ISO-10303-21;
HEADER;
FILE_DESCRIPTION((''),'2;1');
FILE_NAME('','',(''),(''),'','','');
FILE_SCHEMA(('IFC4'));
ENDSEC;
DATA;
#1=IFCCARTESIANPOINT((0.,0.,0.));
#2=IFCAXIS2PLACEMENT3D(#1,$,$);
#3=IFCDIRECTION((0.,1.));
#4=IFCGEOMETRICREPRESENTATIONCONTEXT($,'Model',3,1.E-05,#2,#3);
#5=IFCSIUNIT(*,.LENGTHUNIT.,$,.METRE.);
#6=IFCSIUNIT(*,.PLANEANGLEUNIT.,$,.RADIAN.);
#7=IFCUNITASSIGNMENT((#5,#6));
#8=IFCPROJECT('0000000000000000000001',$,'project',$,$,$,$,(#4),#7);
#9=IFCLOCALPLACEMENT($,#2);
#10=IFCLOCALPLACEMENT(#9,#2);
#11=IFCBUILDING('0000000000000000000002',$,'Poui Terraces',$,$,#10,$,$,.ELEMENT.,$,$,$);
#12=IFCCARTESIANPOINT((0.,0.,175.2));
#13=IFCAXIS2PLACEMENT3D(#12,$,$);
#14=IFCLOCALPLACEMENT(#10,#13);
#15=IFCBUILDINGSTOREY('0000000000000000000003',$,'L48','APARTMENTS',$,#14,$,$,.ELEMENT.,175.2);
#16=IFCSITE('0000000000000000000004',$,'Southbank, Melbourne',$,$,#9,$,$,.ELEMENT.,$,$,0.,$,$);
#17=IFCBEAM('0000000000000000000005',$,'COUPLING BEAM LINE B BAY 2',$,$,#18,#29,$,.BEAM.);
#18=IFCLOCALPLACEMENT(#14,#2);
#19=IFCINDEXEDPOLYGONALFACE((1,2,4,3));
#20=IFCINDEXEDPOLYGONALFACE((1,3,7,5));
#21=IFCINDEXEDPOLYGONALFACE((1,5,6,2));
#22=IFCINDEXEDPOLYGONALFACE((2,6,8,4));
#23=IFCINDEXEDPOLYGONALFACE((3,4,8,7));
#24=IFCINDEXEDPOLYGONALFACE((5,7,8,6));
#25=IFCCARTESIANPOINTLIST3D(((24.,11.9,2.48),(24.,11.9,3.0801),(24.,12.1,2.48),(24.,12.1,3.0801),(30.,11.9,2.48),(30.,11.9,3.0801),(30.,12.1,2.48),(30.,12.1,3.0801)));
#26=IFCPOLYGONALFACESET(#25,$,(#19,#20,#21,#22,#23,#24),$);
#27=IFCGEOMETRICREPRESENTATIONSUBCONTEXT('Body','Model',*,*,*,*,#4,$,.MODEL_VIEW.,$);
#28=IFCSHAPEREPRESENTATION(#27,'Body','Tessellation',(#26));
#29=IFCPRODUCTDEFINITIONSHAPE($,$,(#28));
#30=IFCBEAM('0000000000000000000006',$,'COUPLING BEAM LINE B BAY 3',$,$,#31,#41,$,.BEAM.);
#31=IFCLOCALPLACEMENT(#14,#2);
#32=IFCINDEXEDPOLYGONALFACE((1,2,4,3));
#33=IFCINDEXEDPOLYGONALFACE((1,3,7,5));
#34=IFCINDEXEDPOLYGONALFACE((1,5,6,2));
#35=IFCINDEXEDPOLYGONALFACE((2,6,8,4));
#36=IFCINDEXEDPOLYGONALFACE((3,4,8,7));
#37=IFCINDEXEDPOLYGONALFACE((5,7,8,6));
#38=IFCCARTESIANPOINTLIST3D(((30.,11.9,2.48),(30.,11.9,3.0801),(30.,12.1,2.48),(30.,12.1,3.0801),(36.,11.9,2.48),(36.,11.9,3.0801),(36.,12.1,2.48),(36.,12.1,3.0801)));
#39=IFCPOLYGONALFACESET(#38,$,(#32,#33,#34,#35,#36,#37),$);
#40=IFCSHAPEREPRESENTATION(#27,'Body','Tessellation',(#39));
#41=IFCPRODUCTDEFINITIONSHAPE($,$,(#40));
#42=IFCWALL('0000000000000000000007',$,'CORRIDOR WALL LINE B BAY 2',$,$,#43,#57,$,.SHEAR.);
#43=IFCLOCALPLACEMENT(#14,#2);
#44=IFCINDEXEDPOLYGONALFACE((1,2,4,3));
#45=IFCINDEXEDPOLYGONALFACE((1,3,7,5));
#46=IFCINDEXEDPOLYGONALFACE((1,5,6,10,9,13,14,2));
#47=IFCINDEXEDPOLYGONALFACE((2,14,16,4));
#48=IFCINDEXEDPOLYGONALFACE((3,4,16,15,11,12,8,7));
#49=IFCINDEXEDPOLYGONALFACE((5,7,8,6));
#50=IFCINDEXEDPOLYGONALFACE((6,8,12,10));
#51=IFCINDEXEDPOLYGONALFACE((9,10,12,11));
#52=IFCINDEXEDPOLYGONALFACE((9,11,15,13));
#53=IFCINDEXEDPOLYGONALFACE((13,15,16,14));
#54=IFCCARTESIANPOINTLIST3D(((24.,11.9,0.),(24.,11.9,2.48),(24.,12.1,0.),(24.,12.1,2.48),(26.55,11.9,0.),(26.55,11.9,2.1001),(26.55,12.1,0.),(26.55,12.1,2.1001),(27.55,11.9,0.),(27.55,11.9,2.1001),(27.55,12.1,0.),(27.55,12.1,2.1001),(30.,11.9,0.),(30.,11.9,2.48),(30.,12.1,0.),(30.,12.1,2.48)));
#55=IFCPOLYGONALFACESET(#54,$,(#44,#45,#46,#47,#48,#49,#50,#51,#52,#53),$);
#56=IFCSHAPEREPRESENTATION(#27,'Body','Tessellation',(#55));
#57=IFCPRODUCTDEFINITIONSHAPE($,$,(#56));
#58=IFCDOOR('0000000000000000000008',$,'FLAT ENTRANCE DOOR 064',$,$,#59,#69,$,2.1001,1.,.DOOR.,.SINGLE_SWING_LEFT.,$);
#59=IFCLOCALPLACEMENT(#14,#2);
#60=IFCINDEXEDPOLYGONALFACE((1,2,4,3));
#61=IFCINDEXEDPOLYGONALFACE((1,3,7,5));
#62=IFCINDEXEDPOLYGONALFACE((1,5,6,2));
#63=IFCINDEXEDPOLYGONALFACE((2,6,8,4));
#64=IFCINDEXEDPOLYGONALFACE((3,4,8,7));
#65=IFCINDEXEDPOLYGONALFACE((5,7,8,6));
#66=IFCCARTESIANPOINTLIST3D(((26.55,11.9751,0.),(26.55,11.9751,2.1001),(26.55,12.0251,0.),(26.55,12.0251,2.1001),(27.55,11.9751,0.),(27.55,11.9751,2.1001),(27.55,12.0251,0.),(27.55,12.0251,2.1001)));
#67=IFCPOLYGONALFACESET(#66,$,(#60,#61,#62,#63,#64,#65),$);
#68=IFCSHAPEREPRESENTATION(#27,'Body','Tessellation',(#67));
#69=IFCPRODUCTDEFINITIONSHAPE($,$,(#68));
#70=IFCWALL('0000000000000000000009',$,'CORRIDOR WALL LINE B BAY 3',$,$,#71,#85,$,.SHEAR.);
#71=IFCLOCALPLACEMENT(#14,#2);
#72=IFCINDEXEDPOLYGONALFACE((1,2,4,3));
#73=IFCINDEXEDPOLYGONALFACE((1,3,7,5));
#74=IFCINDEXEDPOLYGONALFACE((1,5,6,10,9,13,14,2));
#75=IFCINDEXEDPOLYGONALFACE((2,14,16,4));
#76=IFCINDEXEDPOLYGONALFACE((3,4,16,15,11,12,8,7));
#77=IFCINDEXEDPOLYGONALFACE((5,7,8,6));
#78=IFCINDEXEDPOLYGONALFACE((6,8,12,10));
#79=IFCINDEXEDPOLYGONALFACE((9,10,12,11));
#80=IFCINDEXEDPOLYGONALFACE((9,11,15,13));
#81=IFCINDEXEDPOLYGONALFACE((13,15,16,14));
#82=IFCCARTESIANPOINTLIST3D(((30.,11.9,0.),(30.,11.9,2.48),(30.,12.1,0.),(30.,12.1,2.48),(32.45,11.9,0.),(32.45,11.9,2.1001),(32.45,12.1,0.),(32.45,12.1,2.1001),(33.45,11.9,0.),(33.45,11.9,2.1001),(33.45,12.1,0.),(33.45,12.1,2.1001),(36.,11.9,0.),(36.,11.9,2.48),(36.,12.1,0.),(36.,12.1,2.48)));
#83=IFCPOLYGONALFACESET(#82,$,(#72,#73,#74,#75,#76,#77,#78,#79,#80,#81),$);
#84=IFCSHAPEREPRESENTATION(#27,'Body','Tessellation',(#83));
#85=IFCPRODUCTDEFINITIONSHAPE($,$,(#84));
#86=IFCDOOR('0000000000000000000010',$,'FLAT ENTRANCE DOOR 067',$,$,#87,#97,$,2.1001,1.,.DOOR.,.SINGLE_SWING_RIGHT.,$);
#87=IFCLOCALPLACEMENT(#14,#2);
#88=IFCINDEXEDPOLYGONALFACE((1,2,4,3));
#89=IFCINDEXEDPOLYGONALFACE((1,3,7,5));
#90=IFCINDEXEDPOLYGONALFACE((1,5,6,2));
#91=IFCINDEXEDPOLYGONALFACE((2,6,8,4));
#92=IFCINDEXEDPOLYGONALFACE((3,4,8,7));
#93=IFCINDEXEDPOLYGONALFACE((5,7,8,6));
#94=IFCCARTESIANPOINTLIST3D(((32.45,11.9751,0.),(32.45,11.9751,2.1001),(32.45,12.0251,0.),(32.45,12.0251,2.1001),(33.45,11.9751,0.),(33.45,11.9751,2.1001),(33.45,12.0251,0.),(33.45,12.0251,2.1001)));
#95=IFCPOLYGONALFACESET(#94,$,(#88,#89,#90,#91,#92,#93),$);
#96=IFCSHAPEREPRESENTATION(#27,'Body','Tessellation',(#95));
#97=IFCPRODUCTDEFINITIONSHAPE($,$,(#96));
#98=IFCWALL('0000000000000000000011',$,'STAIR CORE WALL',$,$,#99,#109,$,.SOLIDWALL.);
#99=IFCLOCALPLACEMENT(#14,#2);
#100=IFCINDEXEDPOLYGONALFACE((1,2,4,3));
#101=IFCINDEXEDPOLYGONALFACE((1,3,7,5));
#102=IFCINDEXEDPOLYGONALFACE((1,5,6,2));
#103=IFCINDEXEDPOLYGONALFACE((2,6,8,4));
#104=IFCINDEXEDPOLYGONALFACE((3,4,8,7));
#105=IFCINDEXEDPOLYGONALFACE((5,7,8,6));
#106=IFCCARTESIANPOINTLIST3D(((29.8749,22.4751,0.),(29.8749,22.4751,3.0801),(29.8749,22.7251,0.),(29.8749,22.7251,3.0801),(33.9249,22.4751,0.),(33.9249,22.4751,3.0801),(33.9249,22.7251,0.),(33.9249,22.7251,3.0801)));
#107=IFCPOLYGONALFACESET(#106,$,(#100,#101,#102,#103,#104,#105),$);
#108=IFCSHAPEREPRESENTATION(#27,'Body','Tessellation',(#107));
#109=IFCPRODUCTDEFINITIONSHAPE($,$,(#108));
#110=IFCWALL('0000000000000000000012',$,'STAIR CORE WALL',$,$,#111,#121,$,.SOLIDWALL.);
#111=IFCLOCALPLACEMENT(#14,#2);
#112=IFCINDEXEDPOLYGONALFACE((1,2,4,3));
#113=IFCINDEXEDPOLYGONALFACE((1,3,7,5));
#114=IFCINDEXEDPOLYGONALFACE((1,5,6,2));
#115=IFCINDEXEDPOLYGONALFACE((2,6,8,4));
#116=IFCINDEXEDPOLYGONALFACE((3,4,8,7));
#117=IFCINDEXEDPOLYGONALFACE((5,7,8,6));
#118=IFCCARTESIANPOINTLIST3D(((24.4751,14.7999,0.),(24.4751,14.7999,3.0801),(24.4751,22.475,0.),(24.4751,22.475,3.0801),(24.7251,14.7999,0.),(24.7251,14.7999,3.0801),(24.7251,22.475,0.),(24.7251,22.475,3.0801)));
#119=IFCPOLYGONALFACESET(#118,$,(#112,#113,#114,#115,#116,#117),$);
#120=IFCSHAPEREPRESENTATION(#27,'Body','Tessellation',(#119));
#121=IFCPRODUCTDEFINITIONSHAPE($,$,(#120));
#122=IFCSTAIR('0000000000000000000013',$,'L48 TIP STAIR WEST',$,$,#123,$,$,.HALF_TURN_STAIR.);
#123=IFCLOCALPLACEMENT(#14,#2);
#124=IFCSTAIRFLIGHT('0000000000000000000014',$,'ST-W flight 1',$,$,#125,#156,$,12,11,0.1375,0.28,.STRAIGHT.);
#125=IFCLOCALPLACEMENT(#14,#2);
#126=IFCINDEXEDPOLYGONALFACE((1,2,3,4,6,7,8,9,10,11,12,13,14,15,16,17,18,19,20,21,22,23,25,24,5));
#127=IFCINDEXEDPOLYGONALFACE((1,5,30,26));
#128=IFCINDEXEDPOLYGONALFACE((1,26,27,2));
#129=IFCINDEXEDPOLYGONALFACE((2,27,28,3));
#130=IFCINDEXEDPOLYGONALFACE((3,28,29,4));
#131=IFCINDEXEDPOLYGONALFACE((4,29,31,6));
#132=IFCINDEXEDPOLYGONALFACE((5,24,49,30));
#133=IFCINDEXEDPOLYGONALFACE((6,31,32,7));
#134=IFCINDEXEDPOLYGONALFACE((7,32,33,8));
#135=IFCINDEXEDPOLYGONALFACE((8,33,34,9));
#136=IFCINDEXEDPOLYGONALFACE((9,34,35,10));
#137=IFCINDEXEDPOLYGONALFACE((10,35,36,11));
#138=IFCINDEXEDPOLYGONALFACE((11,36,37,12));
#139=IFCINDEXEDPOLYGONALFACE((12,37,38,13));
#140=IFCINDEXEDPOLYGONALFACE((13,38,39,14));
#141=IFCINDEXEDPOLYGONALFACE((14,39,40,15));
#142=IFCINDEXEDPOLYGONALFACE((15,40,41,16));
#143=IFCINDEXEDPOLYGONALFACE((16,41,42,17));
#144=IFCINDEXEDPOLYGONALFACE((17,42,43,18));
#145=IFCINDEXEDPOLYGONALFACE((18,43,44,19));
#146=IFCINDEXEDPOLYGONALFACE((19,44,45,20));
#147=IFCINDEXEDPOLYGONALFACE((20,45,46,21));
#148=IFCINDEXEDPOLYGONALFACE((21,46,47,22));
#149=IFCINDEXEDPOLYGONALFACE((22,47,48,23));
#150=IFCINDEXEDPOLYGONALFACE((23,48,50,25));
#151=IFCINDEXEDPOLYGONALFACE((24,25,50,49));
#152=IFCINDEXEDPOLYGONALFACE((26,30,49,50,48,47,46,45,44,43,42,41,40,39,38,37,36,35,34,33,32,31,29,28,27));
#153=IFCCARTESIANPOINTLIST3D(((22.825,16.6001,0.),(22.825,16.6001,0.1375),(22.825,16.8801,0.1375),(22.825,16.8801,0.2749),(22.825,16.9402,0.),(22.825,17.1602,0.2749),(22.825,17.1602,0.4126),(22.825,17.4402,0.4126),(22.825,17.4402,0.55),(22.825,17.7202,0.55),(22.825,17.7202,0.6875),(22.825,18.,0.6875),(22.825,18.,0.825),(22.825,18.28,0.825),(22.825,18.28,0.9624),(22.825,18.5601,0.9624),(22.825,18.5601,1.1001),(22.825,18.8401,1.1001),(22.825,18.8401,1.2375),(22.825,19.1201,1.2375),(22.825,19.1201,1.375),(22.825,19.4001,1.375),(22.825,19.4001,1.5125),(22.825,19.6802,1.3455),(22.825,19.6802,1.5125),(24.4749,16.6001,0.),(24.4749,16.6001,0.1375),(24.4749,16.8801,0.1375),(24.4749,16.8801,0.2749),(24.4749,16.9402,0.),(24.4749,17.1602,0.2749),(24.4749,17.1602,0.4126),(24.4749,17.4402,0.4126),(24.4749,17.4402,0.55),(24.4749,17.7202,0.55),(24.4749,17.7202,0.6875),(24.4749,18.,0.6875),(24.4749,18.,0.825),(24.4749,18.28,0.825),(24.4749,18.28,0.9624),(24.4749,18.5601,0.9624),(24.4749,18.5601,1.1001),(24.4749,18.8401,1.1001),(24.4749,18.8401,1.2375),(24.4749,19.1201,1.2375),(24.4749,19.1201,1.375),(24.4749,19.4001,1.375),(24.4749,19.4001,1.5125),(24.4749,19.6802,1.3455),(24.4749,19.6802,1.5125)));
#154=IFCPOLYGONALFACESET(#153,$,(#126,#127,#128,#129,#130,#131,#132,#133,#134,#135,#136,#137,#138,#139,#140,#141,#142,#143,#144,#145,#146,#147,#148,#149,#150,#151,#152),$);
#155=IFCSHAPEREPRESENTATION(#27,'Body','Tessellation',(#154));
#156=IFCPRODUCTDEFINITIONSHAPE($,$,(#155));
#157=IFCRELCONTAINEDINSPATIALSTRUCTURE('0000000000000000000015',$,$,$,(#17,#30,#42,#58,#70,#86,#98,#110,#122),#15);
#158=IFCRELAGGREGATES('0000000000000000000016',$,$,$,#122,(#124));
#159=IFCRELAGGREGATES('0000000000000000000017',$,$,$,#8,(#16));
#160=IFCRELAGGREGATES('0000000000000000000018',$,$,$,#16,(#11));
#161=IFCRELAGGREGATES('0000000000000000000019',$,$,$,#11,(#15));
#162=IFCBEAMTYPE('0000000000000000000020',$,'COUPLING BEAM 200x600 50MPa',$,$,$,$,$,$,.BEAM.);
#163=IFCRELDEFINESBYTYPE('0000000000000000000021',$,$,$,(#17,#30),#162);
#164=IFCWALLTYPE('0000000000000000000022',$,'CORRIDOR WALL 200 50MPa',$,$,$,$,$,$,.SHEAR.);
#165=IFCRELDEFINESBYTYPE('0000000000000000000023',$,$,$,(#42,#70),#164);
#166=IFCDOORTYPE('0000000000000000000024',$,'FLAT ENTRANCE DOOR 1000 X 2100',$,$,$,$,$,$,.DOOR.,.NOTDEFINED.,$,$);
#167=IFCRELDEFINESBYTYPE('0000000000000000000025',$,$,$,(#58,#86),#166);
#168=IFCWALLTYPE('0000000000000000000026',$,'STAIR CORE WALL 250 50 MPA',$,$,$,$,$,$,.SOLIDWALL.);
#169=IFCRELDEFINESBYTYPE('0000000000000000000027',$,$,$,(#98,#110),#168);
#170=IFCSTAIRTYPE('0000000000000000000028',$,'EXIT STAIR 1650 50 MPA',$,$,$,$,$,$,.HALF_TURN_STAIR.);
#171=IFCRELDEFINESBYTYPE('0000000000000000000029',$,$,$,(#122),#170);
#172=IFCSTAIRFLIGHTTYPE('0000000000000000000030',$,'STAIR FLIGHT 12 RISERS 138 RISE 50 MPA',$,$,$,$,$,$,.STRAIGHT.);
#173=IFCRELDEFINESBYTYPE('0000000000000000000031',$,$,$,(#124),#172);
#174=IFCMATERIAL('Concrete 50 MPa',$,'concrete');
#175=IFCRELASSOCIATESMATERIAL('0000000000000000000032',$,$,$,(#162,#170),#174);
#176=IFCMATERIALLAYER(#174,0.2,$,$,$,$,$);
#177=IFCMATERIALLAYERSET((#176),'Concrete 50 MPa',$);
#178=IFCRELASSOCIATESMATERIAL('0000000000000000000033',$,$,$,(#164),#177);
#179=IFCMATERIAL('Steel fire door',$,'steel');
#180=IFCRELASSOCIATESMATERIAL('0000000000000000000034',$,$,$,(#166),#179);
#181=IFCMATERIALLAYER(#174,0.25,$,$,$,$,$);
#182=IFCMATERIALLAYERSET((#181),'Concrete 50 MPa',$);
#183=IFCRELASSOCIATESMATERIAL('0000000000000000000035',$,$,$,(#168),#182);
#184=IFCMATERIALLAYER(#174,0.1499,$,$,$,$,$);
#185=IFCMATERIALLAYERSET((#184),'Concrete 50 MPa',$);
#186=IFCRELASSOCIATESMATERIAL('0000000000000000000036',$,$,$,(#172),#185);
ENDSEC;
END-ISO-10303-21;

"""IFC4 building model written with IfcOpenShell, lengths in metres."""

from ifc_helpers import new_model, si_unit, direction, frame, frame_2d, origin, origin_2d, place, context, subcontext, project, spatial, polyline, rectangle, outline, extrude, source, transform, mapped, material, layer, layer_set, material_profile, profile_set, type_object, element, fill, aggregate, save


model = new_model("IFC4")

# Units and contexts
model_context = context("Model", 3, precision=1e-05, world=origin(), true_north=direction((0.0, 1.0)))
body_context = subcontext(model_context, "Body", "Model", "MODEL_VIEW")
ifc_project = project(units=[si_unit("LENGTHUNIT", "METRE"), si_unit("PLANEANGLEUNIT", "RADIAN")], contexts=[model_context])

# Site, building, storey
site_placement = place(None, origin())
site = spatial("IfcSite", under=ifc_project, at=site_placement, Name="Southbank, Melbourne", CompositionType="ELEMENT", RefElevation=0.0)
building_placement = place(site_placement, origin())
building = spatial("IfcBuilding", under=site, at=building_placement, Name="Poui Terraces", CompositionType="ELEMENT")
storey_placement = place(building_placement, frame((0.0, 0.0, 175.2)))
storey = spatial("IfcBuildingStorey", under=building, at=storey_placement, Name="L48", Description="APARTMENTS", CompositionType="ELEMENT", Elevation=175.2)

# Beams
ifc_material_1 = material(Name="Concrete 50 MPa", Category="concrete")
ifc_material_profile = material_profile(ifc_material_1, rectangle(XDim=0.2, YDim=0.6001, at=origin_2d()), Name="RC 200x600")
ifc_profile_set = profile_set([ifc_material_profile], Name="Concrete 50 MPa")
beam_type = type_object("IfcBeamType", Name="COUPLING BEAM 200x600 50MPa", PredefinedType="BEAM", material=ifc_profile_set)
shared_shape = source(origin(), body_context, "Body", "SweptSolid", [
    extrude(rectangle(XDim=0.2, YDim=0.6001, at=origin_2d()), origin(), (0.0, 0.0, 1.0), 6.0),
])
for number, where, z_axis, x_axis, name in (
    (1, (24.0, 12.0, 2.78), (1.0, 0.0, 0.0), (0.0, 1.0, 0.0), "COUPLING BEAM LINE B BAY 2"),
    (2, (30.0, 12.0, 2.78), (1.0, 0.0, 0.0), (0.0, 1.0, 0.0), "COUPLING BEAM LINE B BAY 3"),
):
    element("IfcBeam", number, at=place(storey_placement, frame(where, z_axis=z_axis, x_axis=x_axis)), inside=storey, type_object=beam_type, Name=name, PredefinedType="BEAM", context=body_context, shape_type="MappedRepresentation", body=[
        mapped(shared_shape, transform((0.0, 0.0, 0.0))),
    ])

# Walls, openings, doors
ifc_layer_1 = layer(ifc_material_1, 0.2)
ifc_layer_set_1 = layer_set([ifc_layer_1], Name="Concrete 50 MPa")
wall_type_1 = type_object("IfcWallType", Name="CORRIDOR WALL 200 50MPa", PredefinedType="SHEAR", material=ifc_layer_set_1)
wall_1_placement = place(storey_placement, frame((24.0, 12.0, 0.0), z_axis=(0.0, 0.0, 1.0), x_axis=(1.0, 0.0, 0.0)))
wall_1 = element("IfcWall", 3, at=wall_1_placement, inside=storey, type_object=wall_type_1, Name="CORRIDOR WALL LINE B BAY 2", PredefinedType="SHEAR", context=body_context, shape_type="SweptSolid", body=[
    extrude(rectangle(XDim=6.0, YDim=0.2, at=frame_2d((3.0, 0.0))), origin(), (0.0, 0.0, 1.0), 2.48),
])
opening_1_placement = place(wall_1_placement, frame((2.55, 0.0, 0.0)))
opening_1 = element("IfcOpeningElement", 4, at=opening_1_placement, cuts=wall_1, PredefinedType="OPENING", context=body_context, shape_type="SweptSolid", body=[
    extrude(rectangle(XDim=1.0, YDim=2.1001, at=frame_2d((0.5, 1.05))), frame((0.0, 0.1099, 0.0), z_axis=(0.0, -1.0, 0.0), x_axis=(1.0, 0.0, 0.0)), (0.0, 0.0, 1.0), 0.22),
])
ifc_material_2 = material(Name="Steel fire door", Category="steel")
door_type = type_object("IfcDoorType", Name="FLAT ENTRANCE DOOR 1000 X 2100", OperationType="NOTDEFINED", PredefinedType="DOOR", material=ifc_material_2)
door_1_placement = place(opening_1_placement, frame((1.0, 0.0, 0.0), z_axis=(0.0, 0.0, 1.0), x_axis=(-1.0, 0.0, 0.0)))
door_1 = element("IfcDoor", 5, at=door_1_placement, inside=storey, type_object=door_type, Name="FLAT ENTRANCE DOOR 064", OperationType="SINGLE_SWING_LEFT", OverallHeight=2.1001, OverallWidth=1.0, PredefinedType="DOOR", context=body_context, shape_type="SweptSolid", body=[
    extrude(rectangle(XDim=1.0, YDim=2.1001, at=frame_2d((0.5, 1.05))), frame((0.0, 0.0249, 0.0), z_axis=(0.0, -1.0, 0.0), x_axis=(1.0, 0.0, 0.0)), (0.0, 0.0, 1.0), 0.05),
])
fill(opening_1, door_1)
wall_2_placement = place(storey_placement, frame((30.0, 12.0, 0.0), z_axis=(0.0, 0.0, 1.0), x_axis=(1.0, 0.0, 0.0)))
wall_2 = element("IfcWall", 6, at=wall_2_placement, inside=storey, type_object=wall_type_1, Name="CORRIDOR WALL LINE B BAY 3", PredefinedType="SHEAR", context=body_context, shape_type="SweptSolid", body=[
    extrude(rectangle(XDim=6.0, YDim=0.2, at=frame_2d((3.0, 0.0))), origin(), (0.0, 0.0, 1.0), 2.48),
])
opening_2_placement = place(wall_2_placement, frame((2.45, 0.0, 0.0)))
opening_2 = element("IfcOpeningElement", 7, at=opening_2_placement, cuts=wall_2, PredefinedType="OPENING", context=body_context, shape_type="SweptSolid", body=[
    extrude(rectangle(XDim=1.0, YDim=2.1001, at=frame_2d((0.5, 1.05))), frame((0.0, 0.1099, 0.0), z_axis=(0.0, -1.0, 0.0), x_axis=(1.0, 0.0, 0.0)), (0.0, 0.0, 1.0), 0.22),
])
door_2_placement = place(opening_2_placement, frame((1.0, 0.0, 0.0), z_axis=(0.0, 0.0, 1.0), x_axis=(-1.0, 0.0, 0.0)))
door_2 = element("IfcDoor", 8, at=door_2_placement, inside=storey, type_object=door_type, Name="FLAT ENTRANCE DOOR 067", OperationType="SINGLE_SWING_RIGHT", OverallHeight=2.1001, OverallWidth=1.0, PredefinedType="DOOR", context=body_context, shape_type="SweptSolid", body=[
    extrude(rectangle(XDim=1.0, YDim=2.1001, at=frame_2d((0.5, 1.05))), frame((0.0, 0.0249, 0.0), z_axis=(0.0, -1.0, 0.0), x_axis=(1.0, 0.0, 0.0)), (0.0, 0.0, 1.0), 0.05),
])
fill(opening_2, door_2)

# Walls
ifc_layer_2 = layer(ifc_material_1, 0.25)
ifc_layer_set_2 = layer_set([ifc_layer_2], Name="Concrete 50 MPa")
wall_type_2 = type_object("IfcWallType", Name="STAIR CORE WALL 250 50 MPA", PredefinedType="SOLIDWALL", material=ifc_layer_set_2)
wall_3_placement = place(storey_placement, frame((29.875, 22.6001, 0.0), z_axis=(0.0, 0.0, 1.0), x_axis=(1.0, 0.0, 0.0)))
element("IfcWall", 9, at=wall_3_placement, inside=storey, type_object=wall_type_2, Name="STAIR CORE WALL", PredefinedType="SOLIDWALL", context=body_context, shape_type="SweptSolid", body=[
    extrude(rectangle(XDim=4.05, YDim=0.25, at=frame_2d((2.0249, 0.0))), origin(), (0.0, 0.0, 1.0), 3.0801),
])
wall_4_placement = place(storey_placement, frame((24.6001, 14.8, 0.0), z_axis=(0.0, 0.0, 1.0), x_axis=(0.0, 1.0, 0.0)))
element("IfcWall", 10, at=wall_4_placement, inside=storey, type_object=wall_type_2, Name="STAIR CORE WALL", PredefinedType="SOLIDWALL", context=body_context, shape_type="SweptSolid", body=[
    extrude(rectangle(XDim=7.675, YDim=0.25, at=frame_2d((3.8374, 0.0))), origin(), (0.0, 0.0, 1.0), 3.0801),
])

# Stair, stair flight
stair_type = type_object("IfcStairType", Name="EXIT STAIR 1650 50 MPA", PredefinedType="HALF_TURN_STAIR", material=ifc_material_1)
stair_placement = place(storey_placement, origin())
stair = element("IfcStair", 11, at=stair_placement, inside=storey, type_object=stair_type, Name="L48 TIP STAIR WEST", PredefinedType="HALF_TURN_STAIR")
ifc_layer_3 = layer(ifc_material_1, 0.1499)
ifc_layer_set_3 = layer_set([ifc_layer_3], Name="Concrete 50 MPa")
stair_flight_type = type_object("IfcStairFlightType", Name="STAIR FLIGHT 12 RISERS 138 RISE 50 MPA", PredefinedType="STRAIGHT", material=ifc_layer_set_3)
stair_flight_placement = place(storey_placement, frame((23.6499, 16.6001, 0.0), z_axis=(0.0, 0.0, 1.0), x_axis=(0.0, 1.0, 0.0)))
stair_flight = element("IfcStairFlight", 12, at=stair_flight_placement, type_object=stair_flight_type, Name="ST-W flight 1", NumberOfRisers=12, NumberOfTreads=11, PredefinedType="STRAIGHT", RiserHeight=0.1375, TreadLength=0.28, context=body_context, shape_type="SweptSolid", body=[
    extrude(outline(polyline([(0.0, 0.0), (0.0, 0.1375), (0.28, 0.1375), (0.28, 0.2749), (0.5601, 0.2749), (0.5601, 0.4126), (0.8401, 0.4126), (0.8401, 0.55), (1.1201, 0.55), (1.1201, 0.6875), (1.3999, 0.6875), (1.3999, 0.825), (1.6799, 0.825), (1.6799, 0.9624), (1.96, 0.9624), (1.96, 1.1001), (2.24, 1.1001), (2.24, 1.2375), (2.52, 1.2375), (2.52, 1.375), (2.8, 1.375), (2.8, 1.5125), (3.0801, 1.5125), (3.0801, 1.6499), (3.0801, 1.3455), (0.3401, 0.0), (0.0, 0.0)])), frame((0.0, 0.825, 0.0), z_axis=(0.0, -1.0, 0.0), x_axis=(1.0, 0.0, 0.0)), (0.0, 0.0, 1.0), 1.6499),
])
aggregate(stair, [stair_flight])

save(model, "model.ifc")
